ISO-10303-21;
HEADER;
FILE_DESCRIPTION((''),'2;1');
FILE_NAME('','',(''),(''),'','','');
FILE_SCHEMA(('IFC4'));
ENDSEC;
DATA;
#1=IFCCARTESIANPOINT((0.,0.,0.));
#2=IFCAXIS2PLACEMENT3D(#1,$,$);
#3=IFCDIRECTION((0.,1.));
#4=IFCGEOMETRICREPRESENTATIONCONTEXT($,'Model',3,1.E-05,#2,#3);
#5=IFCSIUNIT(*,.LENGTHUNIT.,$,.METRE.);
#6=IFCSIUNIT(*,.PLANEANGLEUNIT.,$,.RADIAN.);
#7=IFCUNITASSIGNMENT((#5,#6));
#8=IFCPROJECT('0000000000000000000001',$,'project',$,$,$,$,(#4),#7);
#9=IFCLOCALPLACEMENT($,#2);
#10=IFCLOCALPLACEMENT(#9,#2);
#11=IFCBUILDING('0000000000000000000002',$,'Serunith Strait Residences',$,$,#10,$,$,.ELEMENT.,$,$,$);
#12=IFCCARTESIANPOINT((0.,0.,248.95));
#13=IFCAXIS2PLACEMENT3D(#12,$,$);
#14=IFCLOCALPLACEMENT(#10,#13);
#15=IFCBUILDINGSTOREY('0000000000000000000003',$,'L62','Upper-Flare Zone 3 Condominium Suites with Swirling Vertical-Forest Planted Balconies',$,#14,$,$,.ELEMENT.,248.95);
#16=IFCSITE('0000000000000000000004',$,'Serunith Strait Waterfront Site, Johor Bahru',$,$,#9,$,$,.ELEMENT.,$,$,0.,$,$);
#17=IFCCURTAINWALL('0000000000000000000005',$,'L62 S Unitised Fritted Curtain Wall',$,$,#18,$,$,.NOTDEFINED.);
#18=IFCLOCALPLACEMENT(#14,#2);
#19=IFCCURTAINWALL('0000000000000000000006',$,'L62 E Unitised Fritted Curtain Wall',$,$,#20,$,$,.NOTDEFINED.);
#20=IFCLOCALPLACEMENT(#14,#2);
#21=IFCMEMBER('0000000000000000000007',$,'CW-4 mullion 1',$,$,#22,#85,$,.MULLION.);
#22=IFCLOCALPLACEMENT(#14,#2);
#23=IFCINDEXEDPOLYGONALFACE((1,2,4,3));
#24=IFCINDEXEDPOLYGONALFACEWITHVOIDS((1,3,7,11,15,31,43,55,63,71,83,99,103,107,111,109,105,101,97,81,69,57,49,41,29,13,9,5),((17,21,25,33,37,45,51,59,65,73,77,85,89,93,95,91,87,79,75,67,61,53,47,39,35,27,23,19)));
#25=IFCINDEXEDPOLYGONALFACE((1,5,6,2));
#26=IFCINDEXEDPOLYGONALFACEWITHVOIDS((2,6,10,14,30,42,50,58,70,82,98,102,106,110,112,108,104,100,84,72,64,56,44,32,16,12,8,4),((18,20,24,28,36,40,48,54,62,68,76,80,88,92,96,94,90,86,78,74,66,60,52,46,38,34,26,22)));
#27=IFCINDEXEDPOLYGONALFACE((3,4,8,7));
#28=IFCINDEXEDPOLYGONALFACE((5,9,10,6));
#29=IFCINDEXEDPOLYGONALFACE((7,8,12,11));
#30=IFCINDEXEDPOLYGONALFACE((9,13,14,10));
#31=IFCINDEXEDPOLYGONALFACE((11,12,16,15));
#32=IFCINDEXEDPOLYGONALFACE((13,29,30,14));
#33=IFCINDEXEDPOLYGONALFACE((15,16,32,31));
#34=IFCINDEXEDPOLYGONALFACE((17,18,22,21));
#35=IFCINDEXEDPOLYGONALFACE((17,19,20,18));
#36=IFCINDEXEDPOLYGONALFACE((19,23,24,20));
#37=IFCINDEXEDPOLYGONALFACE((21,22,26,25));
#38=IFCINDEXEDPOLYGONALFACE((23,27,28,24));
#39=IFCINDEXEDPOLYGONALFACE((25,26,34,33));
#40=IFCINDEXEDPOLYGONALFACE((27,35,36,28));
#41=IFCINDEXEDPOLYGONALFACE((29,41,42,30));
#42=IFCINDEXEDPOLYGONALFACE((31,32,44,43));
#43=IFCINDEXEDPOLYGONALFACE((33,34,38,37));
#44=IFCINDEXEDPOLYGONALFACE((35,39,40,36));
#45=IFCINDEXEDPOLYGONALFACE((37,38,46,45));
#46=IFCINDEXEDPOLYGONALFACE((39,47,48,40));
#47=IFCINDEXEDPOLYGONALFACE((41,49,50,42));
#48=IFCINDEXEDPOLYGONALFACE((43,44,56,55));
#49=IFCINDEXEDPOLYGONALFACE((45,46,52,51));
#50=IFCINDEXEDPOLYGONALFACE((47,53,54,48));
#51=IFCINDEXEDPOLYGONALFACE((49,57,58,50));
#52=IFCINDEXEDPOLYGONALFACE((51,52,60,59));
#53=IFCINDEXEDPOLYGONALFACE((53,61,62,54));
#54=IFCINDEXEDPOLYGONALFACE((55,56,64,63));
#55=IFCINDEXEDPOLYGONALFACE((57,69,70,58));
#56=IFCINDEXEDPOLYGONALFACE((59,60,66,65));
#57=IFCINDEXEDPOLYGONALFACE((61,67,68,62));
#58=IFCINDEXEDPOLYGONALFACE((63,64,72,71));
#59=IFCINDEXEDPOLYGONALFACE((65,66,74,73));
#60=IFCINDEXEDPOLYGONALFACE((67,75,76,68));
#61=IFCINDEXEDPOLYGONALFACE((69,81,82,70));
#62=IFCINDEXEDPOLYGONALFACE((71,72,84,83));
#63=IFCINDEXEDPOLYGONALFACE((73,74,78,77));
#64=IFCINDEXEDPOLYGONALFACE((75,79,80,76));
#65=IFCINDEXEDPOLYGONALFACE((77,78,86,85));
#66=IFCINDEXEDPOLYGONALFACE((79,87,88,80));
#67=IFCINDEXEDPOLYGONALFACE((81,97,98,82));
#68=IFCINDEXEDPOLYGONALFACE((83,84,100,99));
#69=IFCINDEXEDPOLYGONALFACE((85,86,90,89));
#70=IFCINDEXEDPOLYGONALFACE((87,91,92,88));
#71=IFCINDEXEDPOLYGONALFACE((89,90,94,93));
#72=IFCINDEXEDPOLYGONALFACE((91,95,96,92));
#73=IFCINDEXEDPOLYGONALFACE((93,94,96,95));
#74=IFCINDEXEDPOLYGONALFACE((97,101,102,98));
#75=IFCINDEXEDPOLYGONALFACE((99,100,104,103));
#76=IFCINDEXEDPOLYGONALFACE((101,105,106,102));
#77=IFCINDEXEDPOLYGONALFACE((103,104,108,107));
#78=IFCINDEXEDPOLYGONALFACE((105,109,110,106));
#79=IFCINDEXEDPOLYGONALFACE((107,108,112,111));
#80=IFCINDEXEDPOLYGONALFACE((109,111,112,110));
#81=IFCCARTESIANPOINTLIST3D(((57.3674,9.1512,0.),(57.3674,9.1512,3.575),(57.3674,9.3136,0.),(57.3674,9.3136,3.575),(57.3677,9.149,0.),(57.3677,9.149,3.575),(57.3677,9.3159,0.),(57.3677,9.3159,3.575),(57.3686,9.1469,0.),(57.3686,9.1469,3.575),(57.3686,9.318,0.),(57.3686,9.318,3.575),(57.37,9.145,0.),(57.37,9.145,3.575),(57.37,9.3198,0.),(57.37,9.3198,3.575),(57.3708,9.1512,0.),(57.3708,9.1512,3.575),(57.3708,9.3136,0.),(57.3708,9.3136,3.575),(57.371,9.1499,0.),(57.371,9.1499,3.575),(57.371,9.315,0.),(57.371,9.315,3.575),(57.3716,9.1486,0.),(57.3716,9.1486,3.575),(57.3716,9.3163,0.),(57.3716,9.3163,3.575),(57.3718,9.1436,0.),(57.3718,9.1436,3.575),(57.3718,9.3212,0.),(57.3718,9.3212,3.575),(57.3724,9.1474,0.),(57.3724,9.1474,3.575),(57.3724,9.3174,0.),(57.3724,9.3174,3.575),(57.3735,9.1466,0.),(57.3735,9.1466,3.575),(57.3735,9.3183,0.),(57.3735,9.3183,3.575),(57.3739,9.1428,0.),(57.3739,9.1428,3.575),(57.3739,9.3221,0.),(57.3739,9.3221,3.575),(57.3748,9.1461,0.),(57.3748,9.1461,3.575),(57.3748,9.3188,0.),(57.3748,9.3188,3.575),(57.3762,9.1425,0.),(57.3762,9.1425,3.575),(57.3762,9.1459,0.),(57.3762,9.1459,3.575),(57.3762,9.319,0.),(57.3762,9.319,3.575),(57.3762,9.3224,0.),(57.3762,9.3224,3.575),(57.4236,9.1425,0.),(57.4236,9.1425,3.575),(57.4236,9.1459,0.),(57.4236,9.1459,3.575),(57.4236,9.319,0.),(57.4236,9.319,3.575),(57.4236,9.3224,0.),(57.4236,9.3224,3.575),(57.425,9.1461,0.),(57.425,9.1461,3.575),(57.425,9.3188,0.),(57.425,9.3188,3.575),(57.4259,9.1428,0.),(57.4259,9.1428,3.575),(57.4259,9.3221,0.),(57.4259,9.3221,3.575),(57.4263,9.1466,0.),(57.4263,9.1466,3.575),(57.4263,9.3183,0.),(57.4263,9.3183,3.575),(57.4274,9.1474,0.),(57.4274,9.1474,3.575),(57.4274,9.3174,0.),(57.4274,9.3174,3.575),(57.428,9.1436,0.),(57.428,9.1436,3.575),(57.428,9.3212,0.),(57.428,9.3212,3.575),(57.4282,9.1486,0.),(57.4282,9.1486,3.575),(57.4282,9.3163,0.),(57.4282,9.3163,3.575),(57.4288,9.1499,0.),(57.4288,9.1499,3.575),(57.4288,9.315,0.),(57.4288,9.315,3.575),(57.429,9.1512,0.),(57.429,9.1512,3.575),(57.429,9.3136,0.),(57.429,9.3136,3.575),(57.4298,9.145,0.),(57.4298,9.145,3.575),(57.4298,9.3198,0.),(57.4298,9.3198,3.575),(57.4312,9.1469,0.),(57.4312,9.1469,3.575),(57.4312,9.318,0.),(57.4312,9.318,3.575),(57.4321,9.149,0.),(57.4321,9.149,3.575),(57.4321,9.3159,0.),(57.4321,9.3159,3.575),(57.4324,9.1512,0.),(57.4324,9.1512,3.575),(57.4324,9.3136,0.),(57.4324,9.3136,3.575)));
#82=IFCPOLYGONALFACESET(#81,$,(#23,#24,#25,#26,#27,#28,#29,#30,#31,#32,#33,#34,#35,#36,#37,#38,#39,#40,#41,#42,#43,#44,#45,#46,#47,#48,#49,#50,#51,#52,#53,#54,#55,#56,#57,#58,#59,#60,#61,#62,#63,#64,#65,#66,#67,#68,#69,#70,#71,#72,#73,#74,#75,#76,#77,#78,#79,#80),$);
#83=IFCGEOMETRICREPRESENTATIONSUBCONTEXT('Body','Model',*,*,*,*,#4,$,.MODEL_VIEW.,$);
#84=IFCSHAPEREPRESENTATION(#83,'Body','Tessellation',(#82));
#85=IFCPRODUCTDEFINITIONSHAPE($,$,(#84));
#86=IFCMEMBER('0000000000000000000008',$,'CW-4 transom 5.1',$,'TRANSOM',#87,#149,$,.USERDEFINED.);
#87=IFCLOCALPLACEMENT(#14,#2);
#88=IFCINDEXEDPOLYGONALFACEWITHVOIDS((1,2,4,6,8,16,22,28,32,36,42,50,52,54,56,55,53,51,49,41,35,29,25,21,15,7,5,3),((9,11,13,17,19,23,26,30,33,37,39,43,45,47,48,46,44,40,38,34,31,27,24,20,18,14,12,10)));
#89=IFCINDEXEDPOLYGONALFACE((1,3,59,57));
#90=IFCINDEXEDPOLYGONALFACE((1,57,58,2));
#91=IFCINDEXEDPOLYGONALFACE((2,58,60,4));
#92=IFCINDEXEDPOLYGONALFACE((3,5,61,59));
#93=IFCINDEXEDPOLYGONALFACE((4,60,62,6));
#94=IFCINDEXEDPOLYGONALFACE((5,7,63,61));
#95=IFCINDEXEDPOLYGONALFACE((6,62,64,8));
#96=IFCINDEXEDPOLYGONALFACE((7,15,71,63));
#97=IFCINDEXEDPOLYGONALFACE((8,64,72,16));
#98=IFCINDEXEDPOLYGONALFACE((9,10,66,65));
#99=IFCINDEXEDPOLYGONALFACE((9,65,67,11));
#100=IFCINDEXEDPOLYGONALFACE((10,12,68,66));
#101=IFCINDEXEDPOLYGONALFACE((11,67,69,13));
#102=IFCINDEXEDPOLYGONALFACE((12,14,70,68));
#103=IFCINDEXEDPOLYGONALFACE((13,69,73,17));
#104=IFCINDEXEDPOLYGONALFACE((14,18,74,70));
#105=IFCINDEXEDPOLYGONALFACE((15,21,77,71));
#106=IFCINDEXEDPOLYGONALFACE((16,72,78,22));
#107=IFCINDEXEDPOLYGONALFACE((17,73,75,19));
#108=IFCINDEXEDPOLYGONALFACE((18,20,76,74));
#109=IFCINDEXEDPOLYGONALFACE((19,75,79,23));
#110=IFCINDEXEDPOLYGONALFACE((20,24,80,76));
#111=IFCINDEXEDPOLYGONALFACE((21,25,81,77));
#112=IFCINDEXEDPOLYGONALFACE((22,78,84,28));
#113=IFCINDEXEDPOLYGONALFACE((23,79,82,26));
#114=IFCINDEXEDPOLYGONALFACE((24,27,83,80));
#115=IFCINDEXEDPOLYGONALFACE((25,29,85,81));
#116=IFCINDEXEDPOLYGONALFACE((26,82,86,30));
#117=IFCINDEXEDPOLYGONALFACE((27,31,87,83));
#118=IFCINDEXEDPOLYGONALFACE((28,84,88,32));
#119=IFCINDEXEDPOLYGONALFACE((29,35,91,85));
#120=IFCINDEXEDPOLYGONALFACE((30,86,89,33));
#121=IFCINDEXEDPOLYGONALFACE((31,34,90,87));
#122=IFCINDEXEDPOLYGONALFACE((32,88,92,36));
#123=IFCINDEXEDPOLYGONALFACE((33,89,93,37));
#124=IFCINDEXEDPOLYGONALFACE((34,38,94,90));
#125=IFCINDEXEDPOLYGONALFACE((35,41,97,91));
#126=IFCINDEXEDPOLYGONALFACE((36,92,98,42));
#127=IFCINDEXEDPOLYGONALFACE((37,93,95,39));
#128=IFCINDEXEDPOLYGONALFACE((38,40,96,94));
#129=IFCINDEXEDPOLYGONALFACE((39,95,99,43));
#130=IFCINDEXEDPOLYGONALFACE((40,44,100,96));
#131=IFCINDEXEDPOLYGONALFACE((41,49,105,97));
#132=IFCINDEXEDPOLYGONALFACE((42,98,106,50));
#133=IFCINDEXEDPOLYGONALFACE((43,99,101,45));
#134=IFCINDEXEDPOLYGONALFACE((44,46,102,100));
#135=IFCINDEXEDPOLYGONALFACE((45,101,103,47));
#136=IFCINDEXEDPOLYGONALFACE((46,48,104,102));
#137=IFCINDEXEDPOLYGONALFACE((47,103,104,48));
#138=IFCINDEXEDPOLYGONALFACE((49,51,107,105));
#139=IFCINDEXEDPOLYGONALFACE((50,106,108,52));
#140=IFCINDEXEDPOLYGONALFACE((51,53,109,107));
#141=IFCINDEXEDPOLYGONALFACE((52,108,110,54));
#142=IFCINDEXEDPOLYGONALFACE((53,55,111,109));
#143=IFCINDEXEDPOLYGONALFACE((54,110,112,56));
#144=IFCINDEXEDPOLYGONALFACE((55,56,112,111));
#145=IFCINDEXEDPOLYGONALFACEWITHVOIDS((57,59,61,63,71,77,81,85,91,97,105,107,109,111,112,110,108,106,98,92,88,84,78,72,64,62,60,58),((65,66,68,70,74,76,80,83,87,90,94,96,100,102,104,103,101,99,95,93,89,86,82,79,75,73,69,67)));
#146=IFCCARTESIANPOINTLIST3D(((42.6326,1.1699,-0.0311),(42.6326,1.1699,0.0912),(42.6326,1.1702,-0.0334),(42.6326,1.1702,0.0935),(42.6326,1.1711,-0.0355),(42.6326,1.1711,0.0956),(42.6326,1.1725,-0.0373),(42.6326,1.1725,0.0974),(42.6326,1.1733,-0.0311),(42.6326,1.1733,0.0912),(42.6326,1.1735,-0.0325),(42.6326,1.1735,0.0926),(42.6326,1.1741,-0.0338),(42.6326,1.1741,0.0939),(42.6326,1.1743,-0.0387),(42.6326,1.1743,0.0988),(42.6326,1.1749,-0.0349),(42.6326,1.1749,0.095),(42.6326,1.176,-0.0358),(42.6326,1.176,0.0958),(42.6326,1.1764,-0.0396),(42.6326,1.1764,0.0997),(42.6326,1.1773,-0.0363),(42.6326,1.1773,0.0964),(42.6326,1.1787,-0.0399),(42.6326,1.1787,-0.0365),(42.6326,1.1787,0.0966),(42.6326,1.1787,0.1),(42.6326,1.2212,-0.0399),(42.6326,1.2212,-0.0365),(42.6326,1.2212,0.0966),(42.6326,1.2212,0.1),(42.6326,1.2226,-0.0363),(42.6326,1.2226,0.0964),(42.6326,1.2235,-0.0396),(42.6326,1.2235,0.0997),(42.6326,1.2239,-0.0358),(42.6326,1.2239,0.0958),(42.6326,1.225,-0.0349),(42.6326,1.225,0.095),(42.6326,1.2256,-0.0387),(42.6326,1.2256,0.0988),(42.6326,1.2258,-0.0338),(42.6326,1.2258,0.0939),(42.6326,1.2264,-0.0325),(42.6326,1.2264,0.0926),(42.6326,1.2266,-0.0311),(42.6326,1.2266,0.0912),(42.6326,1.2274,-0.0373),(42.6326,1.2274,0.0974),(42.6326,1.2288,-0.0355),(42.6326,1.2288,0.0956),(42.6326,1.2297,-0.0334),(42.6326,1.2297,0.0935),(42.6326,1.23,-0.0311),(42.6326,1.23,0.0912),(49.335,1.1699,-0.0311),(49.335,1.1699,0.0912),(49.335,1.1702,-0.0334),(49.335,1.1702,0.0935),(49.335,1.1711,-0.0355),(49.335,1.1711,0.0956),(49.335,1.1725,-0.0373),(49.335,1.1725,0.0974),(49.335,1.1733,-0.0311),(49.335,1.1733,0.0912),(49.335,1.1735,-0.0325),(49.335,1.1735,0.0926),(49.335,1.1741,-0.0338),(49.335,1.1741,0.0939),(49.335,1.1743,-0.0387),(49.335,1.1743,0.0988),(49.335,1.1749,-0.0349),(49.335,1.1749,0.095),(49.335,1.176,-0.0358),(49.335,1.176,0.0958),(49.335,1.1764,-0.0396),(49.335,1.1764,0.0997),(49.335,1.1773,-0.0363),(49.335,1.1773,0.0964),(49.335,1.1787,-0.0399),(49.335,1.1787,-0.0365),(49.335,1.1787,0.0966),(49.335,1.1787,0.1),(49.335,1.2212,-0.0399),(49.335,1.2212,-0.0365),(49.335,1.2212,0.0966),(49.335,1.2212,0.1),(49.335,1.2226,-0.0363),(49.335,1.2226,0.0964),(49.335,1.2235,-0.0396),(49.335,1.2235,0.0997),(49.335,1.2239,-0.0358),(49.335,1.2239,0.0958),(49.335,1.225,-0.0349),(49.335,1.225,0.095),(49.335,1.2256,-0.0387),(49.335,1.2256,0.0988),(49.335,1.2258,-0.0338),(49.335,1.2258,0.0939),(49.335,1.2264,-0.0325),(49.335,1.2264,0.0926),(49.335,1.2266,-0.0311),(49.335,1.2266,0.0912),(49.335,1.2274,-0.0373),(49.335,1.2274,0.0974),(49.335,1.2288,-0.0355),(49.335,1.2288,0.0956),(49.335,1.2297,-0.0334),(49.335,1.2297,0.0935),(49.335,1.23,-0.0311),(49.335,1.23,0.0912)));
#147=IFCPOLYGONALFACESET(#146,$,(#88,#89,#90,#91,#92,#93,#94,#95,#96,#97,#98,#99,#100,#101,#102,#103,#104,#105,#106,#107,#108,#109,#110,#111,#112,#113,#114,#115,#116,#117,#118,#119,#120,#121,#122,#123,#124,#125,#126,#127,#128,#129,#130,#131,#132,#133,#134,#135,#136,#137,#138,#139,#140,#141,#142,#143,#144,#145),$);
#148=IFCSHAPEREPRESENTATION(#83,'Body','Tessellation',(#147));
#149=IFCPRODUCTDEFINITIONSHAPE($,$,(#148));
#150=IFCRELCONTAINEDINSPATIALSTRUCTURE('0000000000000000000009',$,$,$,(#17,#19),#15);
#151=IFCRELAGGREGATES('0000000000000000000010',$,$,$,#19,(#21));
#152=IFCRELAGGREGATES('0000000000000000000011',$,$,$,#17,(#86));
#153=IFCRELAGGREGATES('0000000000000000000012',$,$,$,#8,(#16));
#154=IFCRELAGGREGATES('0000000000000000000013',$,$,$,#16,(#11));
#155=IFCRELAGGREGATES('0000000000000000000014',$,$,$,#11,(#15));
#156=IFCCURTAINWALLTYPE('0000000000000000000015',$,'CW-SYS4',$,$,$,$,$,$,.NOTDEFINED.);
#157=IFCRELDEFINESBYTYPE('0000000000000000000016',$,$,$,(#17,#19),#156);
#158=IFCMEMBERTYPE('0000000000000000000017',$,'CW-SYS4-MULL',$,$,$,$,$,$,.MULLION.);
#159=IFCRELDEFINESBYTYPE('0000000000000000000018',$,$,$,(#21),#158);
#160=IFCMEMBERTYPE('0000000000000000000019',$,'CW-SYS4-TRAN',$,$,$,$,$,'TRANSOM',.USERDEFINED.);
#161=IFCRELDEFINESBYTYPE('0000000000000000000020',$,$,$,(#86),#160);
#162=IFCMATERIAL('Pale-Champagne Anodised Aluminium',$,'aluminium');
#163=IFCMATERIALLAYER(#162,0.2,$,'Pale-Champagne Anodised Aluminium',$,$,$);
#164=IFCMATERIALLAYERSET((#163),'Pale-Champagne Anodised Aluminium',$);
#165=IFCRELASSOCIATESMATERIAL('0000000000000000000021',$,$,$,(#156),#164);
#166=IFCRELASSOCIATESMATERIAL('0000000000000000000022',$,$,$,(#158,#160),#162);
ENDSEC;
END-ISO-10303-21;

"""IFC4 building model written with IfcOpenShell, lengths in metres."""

from ifc_helpers import new_model, si_unit, direction, frame, origin, origin_2d, place, context, subcontext, project, spatial, hollow_rectangle, extrude, source, transform, mapped, material, layer, layer_set, material_profile, profile_set, type_object, element, aggregate, save


model = new_model("IFC4")

# Units and contexts
model_context = context("Model", 3, precision=1e-05, world=origin(), true_north=direction((0.0, 1.0)))
body_context = subcontext(model_context, "Body", "Model", "MODEL_VIEW")
ifc_project = project(units=[si_unit("LENGTHUNIT", "METRE"), si_unit("PLANEANGLEUNIT", "RADIAN")], contexts=[model_context])

# Site, building, storey
site_placement = place(None, origin())
site = spatial("IfcSite", under=ifc_project, at=site_placement, Name="Serunith Strait Waterfront Site, Johor Bahru", CompositionType="ELEMENT", RefElevation=0.0)
building_placement = place(site_placement, origin())
building = spatial("IfcBuilding", under=site, at=building_placement, Name="Serunith Strait Residences", CompositionType="ELEMENT")
storey_placement = place(building_placement, frame((0.0, 0.0, 248.95)))
storey = spatial("IfcBuildingStorey", under=building, at=storey_placement, Name="L62", Description="Upper-Flare Zone 3 Condominium Suites with Swirling Vertical-Forest Planted Balconies", CompositionType="ELEMENT", Elevation=248.95)

# Curtain wall
ifc_material_1 = material(Name="Pale-Champagne Anodised Aluminium", Category="aluminium")
ifc_layer_1 = layer(ifc_material_1, 0.2, Name="Pale-Champagne Anodised Aluminium")
ifc_layer_set_1 = layer_set([ifc_layer_1], Name="Pale-Champagne Anodised Aluminium")
curtain_wall_type = type_object("IfcCurtainWallType", Name="CW-SYS4", PredefinedType="NOTDEFINED", material=ifc_layer_set_1)
curtain_wall_1_placement = place(storey_placement, origin())
curtain_wall_1 = element("IfcCurtainWall", 1, at=curtain_wall_1_placement, inside=storey, type_object=curtain_wall_type, Name="L62 S Unitised Fritted Curtain Wall", PredefinedType="NOTDEFINED")
ifc_material_profile_1 = material_profile(ifc_material_1, hollow_rectangle(XDim=0.0649, YDim=0.1799, WallThickness=0.0034, InnerFilletRadius=0.0054, OuterFilletRadius=0.0088, at=origin_2d()), Name="ALU 180x65x3.5")
ifc_profile_set_1 = profile_set([ifc_material_profile_1], Name="Pale-Champagne Anodised Aluminium")
member_type_1 = type_object("IfcMemberType", Name="CW-SYS4-MULL", PredefinedType="MULLION", material=ifc_profile_set_1)
shared_shape_1 = source(origin(), body_context, "Body", "SweptSolid", [
    extrude(hollow_rectangle(XDim=0.0649, YDim=0.1799, WallThickness=0.0034, InnerFilletRadius=0.0054, OuterFilletRadius=0.0088, at=origin_2d()), origin(), (0.0, 0.0, 1.0), 3.575),
])

# Curtain wall, member
curtain_wall_2_placement = place(storey_placement, origin())
curtain_wall_2 = element("IfcCurtainWall", 2, at=curtain_wall_2_placement, inside=storey, type_object=curtain_wall_type, Name="L62 E Unitised Fritted Curtain Wall", PredefinedType="NOTDEFINED")
member_1_placement = place(storey_placement, frame((57.3999, 9.2324, 0.0), z_axis=(0.0, 0.0, 1.0), x_axis=(-1.0, 0.0, 0.0)))
member_1 = element("IfcMember", 3, at=member_1_placement, type_object=member_type_1, Name="CW-4 mullion 1", PredefinedType="MULLION", context=body_context, shape_type="MappedRepresentation", body=[
    mapped(shared_shape_1, transform((0.0, 0.0, 0.0), scale=1.0)),
])

# Member
ifc_material_profile_2 = material_profile(ifc_material_1, hollow_rectangle(XDim=0.0601, YDim=0.1399, WallThickness=0.0034, InnerFilletRadius=0.0054, OuterFilletRadius=0.0088, at=origin_2d()), Name="ALU 140x60x3.5")
ifc_profile_set_2 = profile_set([ifc_material_profile_2], Name="Pale-Champagne Anodised Aluminium")
member_type_2 = type_object("IfcMemberType", Name="CW-SYS4-TRAN", ElementType="TRANSOM", PredefinedType="USERDEFINED", material=ifc_profile_set_2)
shared_shape_2 = source(origin(), body_context, "Body", "SweptSolid", [
    extrude(hollow_rectangle(XDim=0.0601, YDim=0.1399, WallThickness=0.0034, InnerFilletRadius=0.0054, OuterFilletRadius=0.0088, at=origin_2d()), origin(), (0.0, 0.0, 1.0), 6.7024),
])
member_2_placement = place(storey_placement, frame((42.6326, 1.2, 0.03), z_axis=(1.0, 0.0, 0.0), x_axis=(0.0, 1.0, 0.0)))
member_2 = element("IfcMember", 4, at=member_2_placement, type_object=member_type_2, Name="CW-4 transom 5.1", ObjectType="TRANSOM", PredefinedType="USERDEFINED", context=body_context, shape_type="MappedRepresentation", body=[
    mapped(shared_shape_2, transform((0.0, 0.0, 0.0), scale=1.0)),
])
aggregate(curtain_wall_2, [member_1])

aggregate(curtain_wall_1, [member_2])

save(model, "model.ifc")
